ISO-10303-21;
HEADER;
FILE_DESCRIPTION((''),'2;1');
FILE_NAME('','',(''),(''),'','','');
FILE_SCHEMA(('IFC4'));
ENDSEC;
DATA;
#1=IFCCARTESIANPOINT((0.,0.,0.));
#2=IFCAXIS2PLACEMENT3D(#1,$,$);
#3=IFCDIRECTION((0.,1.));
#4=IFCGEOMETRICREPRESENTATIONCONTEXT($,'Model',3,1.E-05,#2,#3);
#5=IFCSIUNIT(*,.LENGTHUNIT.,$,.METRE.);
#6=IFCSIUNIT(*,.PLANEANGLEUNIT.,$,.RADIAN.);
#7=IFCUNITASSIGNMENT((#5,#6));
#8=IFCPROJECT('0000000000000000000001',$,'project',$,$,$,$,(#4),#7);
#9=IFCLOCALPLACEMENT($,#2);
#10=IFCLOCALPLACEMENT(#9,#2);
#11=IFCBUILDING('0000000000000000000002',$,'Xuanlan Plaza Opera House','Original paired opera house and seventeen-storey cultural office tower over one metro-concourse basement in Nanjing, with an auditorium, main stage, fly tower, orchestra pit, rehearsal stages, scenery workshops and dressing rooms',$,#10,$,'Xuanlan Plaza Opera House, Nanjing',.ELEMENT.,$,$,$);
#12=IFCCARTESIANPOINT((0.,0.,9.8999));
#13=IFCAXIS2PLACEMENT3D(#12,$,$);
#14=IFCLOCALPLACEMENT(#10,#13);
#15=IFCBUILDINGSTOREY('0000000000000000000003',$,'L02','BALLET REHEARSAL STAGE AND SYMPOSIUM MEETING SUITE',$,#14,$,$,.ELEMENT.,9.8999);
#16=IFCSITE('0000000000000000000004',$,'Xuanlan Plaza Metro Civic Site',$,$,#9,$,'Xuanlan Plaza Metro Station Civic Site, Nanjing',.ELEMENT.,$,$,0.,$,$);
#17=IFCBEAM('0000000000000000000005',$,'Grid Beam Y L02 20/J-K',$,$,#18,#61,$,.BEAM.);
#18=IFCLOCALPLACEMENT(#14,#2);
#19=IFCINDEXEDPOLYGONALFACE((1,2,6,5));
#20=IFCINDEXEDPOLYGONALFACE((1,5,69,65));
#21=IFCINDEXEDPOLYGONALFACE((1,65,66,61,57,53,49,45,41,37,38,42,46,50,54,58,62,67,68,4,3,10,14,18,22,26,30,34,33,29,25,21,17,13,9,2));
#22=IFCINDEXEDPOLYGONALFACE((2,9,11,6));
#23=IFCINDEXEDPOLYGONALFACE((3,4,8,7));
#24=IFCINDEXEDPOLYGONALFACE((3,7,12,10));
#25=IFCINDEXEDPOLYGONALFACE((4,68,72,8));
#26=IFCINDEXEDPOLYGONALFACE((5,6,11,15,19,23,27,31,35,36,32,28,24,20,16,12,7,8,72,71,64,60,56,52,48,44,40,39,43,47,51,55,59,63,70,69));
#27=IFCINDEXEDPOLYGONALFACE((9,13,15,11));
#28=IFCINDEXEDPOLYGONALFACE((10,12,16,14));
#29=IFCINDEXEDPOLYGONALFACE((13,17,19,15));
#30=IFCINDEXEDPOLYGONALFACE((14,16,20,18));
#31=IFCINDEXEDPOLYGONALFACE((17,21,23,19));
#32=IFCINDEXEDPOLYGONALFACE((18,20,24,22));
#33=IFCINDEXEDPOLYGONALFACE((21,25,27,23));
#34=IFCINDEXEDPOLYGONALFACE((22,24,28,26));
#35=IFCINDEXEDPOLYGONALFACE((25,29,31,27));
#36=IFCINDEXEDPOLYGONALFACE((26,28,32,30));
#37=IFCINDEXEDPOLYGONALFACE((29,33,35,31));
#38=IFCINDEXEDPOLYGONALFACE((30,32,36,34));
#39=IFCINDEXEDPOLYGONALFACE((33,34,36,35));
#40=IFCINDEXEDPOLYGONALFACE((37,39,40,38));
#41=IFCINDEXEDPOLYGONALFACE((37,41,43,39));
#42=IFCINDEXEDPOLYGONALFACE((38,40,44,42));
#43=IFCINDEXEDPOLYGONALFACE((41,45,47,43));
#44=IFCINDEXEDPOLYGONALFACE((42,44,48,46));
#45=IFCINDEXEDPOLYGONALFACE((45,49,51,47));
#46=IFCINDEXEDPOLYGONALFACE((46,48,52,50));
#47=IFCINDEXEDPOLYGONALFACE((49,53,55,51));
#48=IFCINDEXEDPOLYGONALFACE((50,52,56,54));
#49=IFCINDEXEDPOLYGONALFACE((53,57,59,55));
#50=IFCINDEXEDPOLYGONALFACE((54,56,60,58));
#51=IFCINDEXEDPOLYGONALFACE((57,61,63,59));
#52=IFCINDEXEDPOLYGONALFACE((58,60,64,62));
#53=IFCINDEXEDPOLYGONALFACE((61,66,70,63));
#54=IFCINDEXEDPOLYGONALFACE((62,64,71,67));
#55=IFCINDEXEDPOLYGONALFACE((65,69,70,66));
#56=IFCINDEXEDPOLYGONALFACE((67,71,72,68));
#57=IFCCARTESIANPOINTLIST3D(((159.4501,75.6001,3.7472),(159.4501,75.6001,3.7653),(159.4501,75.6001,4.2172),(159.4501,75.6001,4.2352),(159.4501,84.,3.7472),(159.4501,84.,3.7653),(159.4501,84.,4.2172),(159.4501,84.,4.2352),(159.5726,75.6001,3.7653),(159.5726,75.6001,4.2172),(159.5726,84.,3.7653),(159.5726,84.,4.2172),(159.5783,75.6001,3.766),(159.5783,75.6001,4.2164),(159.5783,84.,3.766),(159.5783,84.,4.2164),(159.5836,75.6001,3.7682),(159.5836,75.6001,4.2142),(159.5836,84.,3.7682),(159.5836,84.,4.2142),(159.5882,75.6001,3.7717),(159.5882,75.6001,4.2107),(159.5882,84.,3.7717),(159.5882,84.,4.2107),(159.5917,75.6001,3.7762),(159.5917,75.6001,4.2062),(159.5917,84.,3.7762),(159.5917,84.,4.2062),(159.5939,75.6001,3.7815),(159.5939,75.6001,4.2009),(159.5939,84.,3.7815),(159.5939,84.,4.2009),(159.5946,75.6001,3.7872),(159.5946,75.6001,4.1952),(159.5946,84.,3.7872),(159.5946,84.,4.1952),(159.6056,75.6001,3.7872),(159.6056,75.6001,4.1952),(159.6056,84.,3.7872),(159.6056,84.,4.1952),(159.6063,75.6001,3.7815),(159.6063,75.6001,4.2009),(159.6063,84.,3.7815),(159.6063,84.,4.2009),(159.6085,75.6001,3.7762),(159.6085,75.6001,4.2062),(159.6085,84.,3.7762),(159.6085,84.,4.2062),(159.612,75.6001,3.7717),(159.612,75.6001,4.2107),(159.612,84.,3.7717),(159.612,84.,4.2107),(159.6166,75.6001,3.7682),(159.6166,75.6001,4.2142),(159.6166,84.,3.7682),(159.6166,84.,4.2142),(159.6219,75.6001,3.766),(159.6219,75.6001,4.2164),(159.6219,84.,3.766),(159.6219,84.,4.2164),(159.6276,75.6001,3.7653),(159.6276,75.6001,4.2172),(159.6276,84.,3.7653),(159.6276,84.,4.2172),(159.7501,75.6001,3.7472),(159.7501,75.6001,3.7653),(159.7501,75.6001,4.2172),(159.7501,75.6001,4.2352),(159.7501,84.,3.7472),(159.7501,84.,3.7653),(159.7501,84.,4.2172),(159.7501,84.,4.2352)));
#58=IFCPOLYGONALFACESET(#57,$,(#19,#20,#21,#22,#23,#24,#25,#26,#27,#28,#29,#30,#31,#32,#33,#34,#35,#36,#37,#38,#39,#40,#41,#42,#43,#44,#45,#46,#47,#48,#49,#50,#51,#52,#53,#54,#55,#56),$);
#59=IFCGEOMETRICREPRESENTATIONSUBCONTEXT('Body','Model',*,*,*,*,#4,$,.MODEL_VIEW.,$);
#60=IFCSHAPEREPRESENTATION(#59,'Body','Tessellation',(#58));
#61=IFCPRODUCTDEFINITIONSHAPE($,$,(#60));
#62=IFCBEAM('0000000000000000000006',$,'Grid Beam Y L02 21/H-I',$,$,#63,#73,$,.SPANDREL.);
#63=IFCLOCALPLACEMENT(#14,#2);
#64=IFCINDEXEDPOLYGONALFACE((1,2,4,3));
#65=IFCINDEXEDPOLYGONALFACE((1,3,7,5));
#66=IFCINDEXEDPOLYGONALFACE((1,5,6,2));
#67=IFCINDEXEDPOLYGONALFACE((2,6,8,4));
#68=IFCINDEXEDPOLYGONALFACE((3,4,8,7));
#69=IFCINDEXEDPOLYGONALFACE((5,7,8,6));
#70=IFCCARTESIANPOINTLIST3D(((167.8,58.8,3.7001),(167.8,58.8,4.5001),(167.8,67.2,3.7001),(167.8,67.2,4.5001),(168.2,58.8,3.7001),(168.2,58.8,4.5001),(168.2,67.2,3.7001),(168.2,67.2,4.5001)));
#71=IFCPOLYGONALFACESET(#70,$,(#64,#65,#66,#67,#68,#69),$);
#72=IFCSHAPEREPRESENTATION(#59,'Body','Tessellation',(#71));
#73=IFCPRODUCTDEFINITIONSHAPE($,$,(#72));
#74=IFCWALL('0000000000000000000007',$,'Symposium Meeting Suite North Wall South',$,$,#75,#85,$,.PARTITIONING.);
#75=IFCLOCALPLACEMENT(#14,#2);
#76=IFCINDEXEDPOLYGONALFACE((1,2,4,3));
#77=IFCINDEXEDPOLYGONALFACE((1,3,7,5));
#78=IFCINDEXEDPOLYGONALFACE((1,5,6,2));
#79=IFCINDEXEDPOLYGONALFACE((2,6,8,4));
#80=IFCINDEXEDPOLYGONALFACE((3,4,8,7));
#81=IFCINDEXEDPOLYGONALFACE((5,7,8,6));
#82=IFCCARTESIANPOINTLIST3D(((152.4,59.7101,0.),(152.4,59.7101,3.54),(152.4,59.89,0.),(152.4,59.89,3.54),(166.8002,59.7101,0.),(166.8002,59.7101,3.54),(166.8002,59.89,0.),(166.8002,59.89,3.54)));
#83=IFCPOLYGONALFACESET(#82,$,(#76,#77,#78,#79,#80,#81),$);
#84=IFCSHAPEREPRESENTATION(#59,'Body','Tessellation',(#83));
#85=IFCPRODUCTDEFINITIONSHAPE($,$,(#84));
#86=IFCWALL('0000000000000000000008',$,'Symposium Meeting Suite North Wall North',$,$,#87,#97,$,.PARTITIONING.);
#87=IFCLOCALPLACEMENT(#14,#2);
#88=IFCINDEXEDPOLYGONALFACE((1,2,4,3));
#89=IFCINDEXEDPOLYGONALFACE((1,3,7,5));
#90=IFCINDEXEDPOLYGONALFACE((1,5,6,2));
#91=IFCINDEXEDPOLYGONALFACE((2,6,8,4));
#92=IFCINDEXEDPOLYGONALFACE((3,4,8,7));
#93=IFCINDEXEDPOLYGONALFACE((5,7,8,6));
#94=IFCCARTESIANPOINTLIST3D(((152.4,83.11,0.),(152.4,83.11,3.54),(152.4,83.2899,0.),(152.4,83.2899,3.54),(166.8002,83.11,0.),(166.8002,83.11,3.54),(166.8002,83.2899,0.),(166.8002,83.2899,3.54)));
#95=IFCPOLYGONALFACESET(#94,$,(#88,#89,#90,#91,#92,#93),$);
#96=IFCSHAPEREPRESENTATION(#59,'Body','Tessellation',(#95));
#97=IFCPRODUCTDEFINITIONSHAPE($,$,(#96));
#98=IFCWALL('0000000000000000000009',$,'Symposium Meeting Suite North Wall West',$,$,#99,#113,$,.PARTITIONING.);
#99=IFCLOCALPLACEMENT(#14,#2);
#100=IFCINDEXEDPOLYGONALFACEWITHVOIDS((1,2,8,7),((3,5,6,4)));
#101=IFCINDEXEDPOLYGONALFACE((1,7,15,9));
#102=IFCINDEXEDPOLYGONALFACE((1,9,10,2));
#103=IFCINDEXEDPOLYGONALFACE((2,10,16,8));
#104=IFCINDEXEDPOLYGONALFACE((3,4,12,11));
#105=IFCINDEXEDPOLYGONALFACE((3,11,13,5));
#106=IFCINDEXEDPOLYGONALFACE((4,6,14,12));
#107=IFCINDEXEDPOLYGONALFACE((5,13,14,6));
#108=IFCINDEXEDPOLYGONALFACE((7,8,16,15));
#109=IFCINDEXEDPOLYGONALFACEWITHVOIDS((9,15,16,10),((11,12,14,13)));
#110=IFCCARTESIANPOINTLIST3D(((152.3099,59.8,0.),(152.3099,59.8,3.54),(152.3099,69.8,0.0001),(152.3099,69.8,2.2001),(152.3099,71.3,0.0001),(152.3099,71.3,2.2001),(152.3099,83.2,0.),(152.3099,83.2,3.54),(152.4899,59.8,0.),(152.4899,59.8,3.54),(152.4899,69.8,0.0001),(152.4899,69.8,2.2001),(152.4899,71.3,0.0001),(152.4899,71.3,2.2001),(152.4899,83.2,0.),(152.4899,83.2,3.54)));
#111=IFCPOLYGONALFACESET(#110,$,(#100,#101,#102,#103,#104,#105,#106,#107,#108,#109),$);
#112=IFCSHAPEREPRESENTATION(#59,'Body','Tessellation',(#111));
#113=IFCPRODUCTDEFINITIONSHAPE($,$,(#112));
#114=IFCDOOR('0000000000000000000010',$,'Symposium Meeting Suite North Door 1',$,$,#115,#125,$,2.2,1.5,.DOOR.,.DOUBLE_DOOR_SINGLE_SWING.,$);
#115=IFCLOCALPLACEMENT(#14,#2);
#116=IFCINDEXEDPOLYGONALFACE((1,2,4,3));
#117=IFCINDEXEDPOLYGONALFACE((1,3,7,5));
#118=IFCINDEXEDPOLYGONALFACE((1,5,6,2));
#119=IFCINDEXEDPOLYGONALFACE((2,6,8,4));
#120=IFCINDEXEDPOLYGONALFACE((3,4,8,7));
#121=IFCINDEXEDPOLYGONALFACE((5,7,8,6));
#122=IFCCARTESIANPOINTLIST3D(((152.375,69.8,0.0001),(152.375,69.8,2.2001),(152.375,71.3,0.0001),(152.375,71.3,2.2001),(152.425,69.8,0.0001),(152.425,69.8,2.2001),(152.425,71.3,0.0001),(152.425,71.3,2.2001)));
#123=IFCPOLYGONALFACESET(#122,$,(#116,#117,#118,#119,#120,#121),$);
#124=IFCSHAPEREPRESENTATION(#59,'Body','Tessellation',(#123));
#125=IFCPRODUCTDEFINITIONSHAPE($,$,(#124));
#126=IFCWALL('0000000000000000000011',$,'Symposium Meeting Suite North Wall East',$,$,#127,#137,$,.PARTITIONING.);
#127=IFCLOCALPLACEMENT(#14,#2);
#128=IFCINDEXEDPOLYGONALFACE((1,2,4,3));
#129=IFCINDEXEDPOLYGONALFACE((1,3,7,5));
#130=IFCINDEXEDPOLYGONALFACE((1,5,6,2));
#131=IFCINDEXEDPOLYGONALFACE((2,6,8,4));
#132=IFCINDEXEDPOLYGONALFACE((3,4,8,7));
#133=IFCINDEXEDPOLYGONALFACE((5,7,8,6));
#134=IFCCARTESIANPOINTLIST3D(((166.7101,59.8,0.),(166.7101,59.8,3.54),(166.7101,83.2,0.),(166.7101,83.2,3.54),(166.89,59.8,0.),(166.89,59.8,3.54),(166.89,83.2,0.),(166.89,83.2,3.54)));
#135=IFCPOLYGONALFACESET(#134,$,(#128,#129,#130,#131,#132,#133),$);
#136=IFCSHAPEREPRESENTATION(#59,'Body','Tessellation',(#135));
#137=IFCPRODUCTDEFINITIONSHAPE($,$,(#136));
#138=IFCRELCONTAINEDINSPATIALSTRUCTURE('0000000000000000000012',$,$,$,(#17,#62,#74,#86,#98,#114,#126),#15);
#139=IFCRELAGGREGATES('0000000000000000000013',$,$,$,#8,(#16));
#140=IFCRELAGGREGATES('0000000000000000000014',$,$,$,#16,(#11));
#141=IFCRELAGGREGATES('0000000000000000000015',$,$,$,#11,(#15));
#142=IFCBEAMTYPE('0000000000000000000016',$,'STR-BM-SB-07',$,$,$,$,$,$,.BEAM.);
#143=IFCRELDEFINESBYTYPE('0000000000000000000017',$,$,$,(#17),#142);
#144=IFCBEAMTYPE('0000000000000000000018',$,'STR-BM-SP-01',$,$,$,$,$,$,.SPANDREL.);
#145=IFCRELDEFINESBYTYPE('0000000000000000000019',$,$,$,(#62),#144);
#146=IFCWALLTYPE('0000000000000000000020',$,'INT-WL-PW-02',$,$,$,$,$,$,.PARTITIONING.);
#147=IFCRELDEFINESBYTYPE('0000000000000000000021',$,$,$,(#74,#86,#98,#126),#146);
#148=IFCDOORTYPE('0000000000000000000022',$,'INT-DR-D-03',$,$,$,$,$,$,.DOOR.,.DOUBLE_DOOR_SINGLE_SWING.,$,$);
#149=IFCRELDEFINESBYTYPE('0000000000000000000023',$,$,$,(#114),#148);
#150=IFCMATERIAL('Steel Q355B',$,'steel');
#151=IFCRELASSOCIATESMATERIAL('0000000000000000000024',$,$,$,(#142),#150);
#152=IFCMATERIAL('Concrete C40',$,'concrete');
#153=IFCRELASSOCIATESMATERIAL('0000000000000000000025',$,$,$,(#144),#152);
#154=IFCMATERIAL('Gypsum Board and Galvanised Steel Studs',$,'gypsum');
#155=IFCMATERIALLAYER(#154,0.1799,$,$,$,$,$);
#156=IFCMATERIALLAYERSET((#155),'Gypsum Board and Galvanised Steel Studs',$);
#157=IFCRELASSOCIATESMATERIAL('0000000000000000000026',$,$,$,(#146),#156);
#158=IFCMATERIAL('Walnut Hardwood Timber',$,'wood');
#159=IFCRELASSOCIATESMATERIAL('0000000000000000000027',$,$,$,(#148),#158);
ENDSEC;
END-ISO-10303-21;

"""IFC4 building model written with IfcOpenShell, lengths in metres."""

from ifc_helpers import new_model, si_unit, direction, frame, frame_2d, origin, origin_2d, place, context, subcontext, project, spatial, rectangle, i_section, extrude, material, layer, layer_set, material_profile, profile_set, type_object, element, fill, save


model = new_model("IFC4")

# Units and contexts
model_context = context("Model", 3, precision=1e-05, world=origin(), true_north=direction((0.0, 1.0)))
body_context = subcontext(model_context, "Body", "Model", "MODEL_VIEW")
ifc_project = project(units=[si_unit("LENGTHUNIT", "METRE"), si_unit("PLANEANGLEUNIT", "RADIAN")], contexts=[model_context])

# Site, building, storey
site_placement = place(None, origin())
site = spatial("IfcSite", under=ifc_project, at=site_placement, Name="Xuanlan Plaza Metro Civic Site", LongName="Xuanlan Plaza Metro Station Civic Site, Nanjing", CompositionType="ELEMENT", RefElevation=0.0)
building_placement = place(site_placement, origin())
building = spatial("IfcBuilding", under=site, at=building_placement, Name="Xuanlan Plaza Opera House", Description="Original paired opera house and seventeen-storey cultural office tower over one metro-concourse basement in Nanjing, with an auditorium, main stage, fly tower, orchestra pit, rehearsal stages, scenery workshops and dressing rooms", LongName="Xuanlan Plaza Opera House, Nanjing", CompositionType="ELEMENT")
storey_placement = place(building_placement, frame((0.0, 0.0, 9.8999)))
storey = spatial("IfcBuildingStorey", under=building, at=storey_placement, Name="L02", Description="BALLET REHEARSAL STAGE AND SYMPOSIUM MEETING SUITE", CompositionType="ELEMENT", Elevation=9.8999)

# Beams
ifc_material_1 = material(Name="Concrete C40", Category="concrete")
ifc_material_2 = material(Name="Steel Q355B", Category="steel")
ifc_material_profile_1 = material_profile(ifc_material_2, i_section(OverallWidth=0.3, OverallDepth=0.488, WebThickness=0.011, FlangeThickness=0.0181, FilletRadius=0.022, at=origin_2d()), Name="HM 488x300x11x18")
ifc_profile_set_1 = profile_set([ifc_material_profile_1], Name="Steel Q355B")
beam_type_1 = type_object("IfcBeamType", Name="STR-BM-SB-07", PredefinedType="BEAM", material=ifc_profile_set_1)
beam_1_placement = place(storey_placement, frame((159.6001, 75.6001, 3.9912), z_axis=(0.0, 1.0, 0.0), x_axis=(-1.0, 0.0, 0.0)))
element("IfcBeam", 1, at=beam_1_placement, inside=storey, type_object=beam_type_1, Name="Grid Beam Y L02 20/J-K", PredefinedType="BEAM", context=body_context, shape_type="SweptSolid", body=[
    extrude(i_section(OverallWidth=0.3, OverallDepth=0.488, WebThickness=0.011, FlangeThickness=0.0181, FilletRadius=0.022, at=origin_2d()), origin(), (0.0, 0.0, 1.0), 8.3999),
])
ifc_material_profile_2 = material_profile(ifc_material_1, rectangle(XDim=0.3999, YDim=0.8, at=origin_2d()), Name="RC-SPD 400x800")
ifc_profile_set_2 = profile_set([ifc_material_profile_2], Name="Concrete C40")
beam_type_2 = type_object("IfcBeamType", Name="STR-BM-SP-01", PredefinedType="SPANDREL", material=ifc_profile_set_2)
beam_2_placement = place(storey_placement, frame((168.0, 58.8, 4.1001), z_axis=(0.0, 1.0, 0.0), x_axis=(-1.0, 0.0, 0.0)))
element("IfcBeam", 2, at=beam_2_placement, inside=storey, type_object=beam_type_2, Name="Grid Beam Y L02 21/H-I", PredefinedType="SPANDREL", context=body_context, shape_type="SweptSolid", body=[
    extrude(rectangle(XDim=0.3999, YDim=0.8, at=origin_2d()), origin(), (0.0, 0.0, 1.0), 8.3999),
])

# Walls
ifc_material_3 = material(Name="Gypsum Board and Galvanised Steel Studs", Category="gypsum")
ifc_layer = layer(ifc_material_3, 0.1799)
ifc_layer_set = layer_set([ifc_layer], Name="Gypsum Board and Galvanised Steel Studs")
wall_type = type_object("IfcWallType", Name="INT-WL-PW-02", PredefinedType="PARTITIONING", material=ifc_layer_set)
for number, where, z_axis, x_axis, name in (
    (3, (152.3999, 59.8, 0.0), (0.0, 0.0, 1.0), (1.0, 0.0, 0.0), "Symposium Meeting Suite North Wall South"),
    (4, (152.3999, 83.2, 0.0), (0.0, 0.0, 1.0), (1.0, 0.0, 0.0), "Symposium Meeting Suite North Wall North"),
):
    element("IfcWall", number, at=place(storey_placement, frame(where, z_axis=z_axis, x_axis=x_axis)), inside=storey, type_object=wall_type, Name=name, PredefinedType="PARTITIONING", context=body_context, shape_type="SweptSolid", body=[
        extrude(rectangle(XDim=14.4001, YDim=0.1799, at=frame_2d((7.2002, 0.0))), origin(), (0.0, 0.0, 1.0), 3.54),
    ])

# Wall, opening, door
wall_1_placement = place(storey_placement, frame((152.3999, 59.8, 0.0), z_axis=(0.0, 0.0, 1.0), x_axis=(0.0, 1.0, 0.0)))
wall_1 = element("IfcWall", 5, at=wall_1_placement, inside=storey, type_object=wall_type, Name="Symposium Meeting Suite North Wall West", PredefinedType="PARTITIONING", context=body_context, shape_type="SweptSolid", body=[
    extrude(rectangle(XDim=23.3999, YDim=0.1799, at=frame_2d((11.7, 0.0))), origin(), (0.0, 0.0, 1.0), 3.54),
])
opening_placement = place(wall_1_placement, frame((10.0, 0.0, 0.0)))
opening = element("IfcOpeningElement", 6, at=opening_placement, cuts=wall_1, PredefinedType="OPENING", context=body_context, shape_type="SweptSolid", body=[
    extrude(rectangle(XDim=1.5, YDim=2.2, at=frame_2d((0.75, 1.1001))), frame((0.0, 0.0999, 0.0), z_axis=(0.0, -1.0, 0.0), x_axis=(1.0, 0.0, 0.0)), (0.0, 0.0, 1.0), 0.2),
])
ifc_material_4 = material(Name="Walnut Hardwood Timber", Category="wood")
door_type = type_object("IfcDoorType", Name="INT-DR-D-03", OperationType="DOUBLE_DOOR_SINGLE_SWING", PredefinedType="DOOR", material=ifc_material_4)
door_placement = place(opening_placement, origin())
door = element("IfcDoor", 7, at=door_placement, inside=storey, type_object=door_type, Name="Symposium Meeting Suite North Door 1", OperationType="DOUBLE_DOOR_SINGLE_SWING", OverallHeight=2.2, OverallWidth=1.5, PredefinedType="DOOR", context=body_context, shape_type="SweptSolid", body=[
    extrude(rectangle(XDim=1.5, YDim=2.2, at=frame_2d((0.75, 1.1001))), frame((0.0, 0.0249, 0.0), z_axis=(0.0, -1.0, 0.0), x_axis=(1.0, 0.0, 0.0)), (0.0, 0.0, 1.0), 0.05),
])
fill(opening, door)

# Wall
wall_2_placement = place(storey_placement, frame((166.8, 59.8, 0.0), z_axis=(0.0, 0.0, 1.0), x_axis=(0.0, 1.0, 0.0)))
element("IfcWall", 8, at=wall_2_placement, inside=storey, type_object=wall_type, Name="Symposium Meeting Suite North Wall East", PredefinedType="PARTITIONING", context=body_context, shape_type="SweptSolid", body=[
    extrude(rectangle(XDim=23.3999, YDim=0.1799, at=frame_2d((11.7, 0.0))), origin(), (0.0, 0.0, 1.0), 3.54),
])

save(model, "model.ifc")
